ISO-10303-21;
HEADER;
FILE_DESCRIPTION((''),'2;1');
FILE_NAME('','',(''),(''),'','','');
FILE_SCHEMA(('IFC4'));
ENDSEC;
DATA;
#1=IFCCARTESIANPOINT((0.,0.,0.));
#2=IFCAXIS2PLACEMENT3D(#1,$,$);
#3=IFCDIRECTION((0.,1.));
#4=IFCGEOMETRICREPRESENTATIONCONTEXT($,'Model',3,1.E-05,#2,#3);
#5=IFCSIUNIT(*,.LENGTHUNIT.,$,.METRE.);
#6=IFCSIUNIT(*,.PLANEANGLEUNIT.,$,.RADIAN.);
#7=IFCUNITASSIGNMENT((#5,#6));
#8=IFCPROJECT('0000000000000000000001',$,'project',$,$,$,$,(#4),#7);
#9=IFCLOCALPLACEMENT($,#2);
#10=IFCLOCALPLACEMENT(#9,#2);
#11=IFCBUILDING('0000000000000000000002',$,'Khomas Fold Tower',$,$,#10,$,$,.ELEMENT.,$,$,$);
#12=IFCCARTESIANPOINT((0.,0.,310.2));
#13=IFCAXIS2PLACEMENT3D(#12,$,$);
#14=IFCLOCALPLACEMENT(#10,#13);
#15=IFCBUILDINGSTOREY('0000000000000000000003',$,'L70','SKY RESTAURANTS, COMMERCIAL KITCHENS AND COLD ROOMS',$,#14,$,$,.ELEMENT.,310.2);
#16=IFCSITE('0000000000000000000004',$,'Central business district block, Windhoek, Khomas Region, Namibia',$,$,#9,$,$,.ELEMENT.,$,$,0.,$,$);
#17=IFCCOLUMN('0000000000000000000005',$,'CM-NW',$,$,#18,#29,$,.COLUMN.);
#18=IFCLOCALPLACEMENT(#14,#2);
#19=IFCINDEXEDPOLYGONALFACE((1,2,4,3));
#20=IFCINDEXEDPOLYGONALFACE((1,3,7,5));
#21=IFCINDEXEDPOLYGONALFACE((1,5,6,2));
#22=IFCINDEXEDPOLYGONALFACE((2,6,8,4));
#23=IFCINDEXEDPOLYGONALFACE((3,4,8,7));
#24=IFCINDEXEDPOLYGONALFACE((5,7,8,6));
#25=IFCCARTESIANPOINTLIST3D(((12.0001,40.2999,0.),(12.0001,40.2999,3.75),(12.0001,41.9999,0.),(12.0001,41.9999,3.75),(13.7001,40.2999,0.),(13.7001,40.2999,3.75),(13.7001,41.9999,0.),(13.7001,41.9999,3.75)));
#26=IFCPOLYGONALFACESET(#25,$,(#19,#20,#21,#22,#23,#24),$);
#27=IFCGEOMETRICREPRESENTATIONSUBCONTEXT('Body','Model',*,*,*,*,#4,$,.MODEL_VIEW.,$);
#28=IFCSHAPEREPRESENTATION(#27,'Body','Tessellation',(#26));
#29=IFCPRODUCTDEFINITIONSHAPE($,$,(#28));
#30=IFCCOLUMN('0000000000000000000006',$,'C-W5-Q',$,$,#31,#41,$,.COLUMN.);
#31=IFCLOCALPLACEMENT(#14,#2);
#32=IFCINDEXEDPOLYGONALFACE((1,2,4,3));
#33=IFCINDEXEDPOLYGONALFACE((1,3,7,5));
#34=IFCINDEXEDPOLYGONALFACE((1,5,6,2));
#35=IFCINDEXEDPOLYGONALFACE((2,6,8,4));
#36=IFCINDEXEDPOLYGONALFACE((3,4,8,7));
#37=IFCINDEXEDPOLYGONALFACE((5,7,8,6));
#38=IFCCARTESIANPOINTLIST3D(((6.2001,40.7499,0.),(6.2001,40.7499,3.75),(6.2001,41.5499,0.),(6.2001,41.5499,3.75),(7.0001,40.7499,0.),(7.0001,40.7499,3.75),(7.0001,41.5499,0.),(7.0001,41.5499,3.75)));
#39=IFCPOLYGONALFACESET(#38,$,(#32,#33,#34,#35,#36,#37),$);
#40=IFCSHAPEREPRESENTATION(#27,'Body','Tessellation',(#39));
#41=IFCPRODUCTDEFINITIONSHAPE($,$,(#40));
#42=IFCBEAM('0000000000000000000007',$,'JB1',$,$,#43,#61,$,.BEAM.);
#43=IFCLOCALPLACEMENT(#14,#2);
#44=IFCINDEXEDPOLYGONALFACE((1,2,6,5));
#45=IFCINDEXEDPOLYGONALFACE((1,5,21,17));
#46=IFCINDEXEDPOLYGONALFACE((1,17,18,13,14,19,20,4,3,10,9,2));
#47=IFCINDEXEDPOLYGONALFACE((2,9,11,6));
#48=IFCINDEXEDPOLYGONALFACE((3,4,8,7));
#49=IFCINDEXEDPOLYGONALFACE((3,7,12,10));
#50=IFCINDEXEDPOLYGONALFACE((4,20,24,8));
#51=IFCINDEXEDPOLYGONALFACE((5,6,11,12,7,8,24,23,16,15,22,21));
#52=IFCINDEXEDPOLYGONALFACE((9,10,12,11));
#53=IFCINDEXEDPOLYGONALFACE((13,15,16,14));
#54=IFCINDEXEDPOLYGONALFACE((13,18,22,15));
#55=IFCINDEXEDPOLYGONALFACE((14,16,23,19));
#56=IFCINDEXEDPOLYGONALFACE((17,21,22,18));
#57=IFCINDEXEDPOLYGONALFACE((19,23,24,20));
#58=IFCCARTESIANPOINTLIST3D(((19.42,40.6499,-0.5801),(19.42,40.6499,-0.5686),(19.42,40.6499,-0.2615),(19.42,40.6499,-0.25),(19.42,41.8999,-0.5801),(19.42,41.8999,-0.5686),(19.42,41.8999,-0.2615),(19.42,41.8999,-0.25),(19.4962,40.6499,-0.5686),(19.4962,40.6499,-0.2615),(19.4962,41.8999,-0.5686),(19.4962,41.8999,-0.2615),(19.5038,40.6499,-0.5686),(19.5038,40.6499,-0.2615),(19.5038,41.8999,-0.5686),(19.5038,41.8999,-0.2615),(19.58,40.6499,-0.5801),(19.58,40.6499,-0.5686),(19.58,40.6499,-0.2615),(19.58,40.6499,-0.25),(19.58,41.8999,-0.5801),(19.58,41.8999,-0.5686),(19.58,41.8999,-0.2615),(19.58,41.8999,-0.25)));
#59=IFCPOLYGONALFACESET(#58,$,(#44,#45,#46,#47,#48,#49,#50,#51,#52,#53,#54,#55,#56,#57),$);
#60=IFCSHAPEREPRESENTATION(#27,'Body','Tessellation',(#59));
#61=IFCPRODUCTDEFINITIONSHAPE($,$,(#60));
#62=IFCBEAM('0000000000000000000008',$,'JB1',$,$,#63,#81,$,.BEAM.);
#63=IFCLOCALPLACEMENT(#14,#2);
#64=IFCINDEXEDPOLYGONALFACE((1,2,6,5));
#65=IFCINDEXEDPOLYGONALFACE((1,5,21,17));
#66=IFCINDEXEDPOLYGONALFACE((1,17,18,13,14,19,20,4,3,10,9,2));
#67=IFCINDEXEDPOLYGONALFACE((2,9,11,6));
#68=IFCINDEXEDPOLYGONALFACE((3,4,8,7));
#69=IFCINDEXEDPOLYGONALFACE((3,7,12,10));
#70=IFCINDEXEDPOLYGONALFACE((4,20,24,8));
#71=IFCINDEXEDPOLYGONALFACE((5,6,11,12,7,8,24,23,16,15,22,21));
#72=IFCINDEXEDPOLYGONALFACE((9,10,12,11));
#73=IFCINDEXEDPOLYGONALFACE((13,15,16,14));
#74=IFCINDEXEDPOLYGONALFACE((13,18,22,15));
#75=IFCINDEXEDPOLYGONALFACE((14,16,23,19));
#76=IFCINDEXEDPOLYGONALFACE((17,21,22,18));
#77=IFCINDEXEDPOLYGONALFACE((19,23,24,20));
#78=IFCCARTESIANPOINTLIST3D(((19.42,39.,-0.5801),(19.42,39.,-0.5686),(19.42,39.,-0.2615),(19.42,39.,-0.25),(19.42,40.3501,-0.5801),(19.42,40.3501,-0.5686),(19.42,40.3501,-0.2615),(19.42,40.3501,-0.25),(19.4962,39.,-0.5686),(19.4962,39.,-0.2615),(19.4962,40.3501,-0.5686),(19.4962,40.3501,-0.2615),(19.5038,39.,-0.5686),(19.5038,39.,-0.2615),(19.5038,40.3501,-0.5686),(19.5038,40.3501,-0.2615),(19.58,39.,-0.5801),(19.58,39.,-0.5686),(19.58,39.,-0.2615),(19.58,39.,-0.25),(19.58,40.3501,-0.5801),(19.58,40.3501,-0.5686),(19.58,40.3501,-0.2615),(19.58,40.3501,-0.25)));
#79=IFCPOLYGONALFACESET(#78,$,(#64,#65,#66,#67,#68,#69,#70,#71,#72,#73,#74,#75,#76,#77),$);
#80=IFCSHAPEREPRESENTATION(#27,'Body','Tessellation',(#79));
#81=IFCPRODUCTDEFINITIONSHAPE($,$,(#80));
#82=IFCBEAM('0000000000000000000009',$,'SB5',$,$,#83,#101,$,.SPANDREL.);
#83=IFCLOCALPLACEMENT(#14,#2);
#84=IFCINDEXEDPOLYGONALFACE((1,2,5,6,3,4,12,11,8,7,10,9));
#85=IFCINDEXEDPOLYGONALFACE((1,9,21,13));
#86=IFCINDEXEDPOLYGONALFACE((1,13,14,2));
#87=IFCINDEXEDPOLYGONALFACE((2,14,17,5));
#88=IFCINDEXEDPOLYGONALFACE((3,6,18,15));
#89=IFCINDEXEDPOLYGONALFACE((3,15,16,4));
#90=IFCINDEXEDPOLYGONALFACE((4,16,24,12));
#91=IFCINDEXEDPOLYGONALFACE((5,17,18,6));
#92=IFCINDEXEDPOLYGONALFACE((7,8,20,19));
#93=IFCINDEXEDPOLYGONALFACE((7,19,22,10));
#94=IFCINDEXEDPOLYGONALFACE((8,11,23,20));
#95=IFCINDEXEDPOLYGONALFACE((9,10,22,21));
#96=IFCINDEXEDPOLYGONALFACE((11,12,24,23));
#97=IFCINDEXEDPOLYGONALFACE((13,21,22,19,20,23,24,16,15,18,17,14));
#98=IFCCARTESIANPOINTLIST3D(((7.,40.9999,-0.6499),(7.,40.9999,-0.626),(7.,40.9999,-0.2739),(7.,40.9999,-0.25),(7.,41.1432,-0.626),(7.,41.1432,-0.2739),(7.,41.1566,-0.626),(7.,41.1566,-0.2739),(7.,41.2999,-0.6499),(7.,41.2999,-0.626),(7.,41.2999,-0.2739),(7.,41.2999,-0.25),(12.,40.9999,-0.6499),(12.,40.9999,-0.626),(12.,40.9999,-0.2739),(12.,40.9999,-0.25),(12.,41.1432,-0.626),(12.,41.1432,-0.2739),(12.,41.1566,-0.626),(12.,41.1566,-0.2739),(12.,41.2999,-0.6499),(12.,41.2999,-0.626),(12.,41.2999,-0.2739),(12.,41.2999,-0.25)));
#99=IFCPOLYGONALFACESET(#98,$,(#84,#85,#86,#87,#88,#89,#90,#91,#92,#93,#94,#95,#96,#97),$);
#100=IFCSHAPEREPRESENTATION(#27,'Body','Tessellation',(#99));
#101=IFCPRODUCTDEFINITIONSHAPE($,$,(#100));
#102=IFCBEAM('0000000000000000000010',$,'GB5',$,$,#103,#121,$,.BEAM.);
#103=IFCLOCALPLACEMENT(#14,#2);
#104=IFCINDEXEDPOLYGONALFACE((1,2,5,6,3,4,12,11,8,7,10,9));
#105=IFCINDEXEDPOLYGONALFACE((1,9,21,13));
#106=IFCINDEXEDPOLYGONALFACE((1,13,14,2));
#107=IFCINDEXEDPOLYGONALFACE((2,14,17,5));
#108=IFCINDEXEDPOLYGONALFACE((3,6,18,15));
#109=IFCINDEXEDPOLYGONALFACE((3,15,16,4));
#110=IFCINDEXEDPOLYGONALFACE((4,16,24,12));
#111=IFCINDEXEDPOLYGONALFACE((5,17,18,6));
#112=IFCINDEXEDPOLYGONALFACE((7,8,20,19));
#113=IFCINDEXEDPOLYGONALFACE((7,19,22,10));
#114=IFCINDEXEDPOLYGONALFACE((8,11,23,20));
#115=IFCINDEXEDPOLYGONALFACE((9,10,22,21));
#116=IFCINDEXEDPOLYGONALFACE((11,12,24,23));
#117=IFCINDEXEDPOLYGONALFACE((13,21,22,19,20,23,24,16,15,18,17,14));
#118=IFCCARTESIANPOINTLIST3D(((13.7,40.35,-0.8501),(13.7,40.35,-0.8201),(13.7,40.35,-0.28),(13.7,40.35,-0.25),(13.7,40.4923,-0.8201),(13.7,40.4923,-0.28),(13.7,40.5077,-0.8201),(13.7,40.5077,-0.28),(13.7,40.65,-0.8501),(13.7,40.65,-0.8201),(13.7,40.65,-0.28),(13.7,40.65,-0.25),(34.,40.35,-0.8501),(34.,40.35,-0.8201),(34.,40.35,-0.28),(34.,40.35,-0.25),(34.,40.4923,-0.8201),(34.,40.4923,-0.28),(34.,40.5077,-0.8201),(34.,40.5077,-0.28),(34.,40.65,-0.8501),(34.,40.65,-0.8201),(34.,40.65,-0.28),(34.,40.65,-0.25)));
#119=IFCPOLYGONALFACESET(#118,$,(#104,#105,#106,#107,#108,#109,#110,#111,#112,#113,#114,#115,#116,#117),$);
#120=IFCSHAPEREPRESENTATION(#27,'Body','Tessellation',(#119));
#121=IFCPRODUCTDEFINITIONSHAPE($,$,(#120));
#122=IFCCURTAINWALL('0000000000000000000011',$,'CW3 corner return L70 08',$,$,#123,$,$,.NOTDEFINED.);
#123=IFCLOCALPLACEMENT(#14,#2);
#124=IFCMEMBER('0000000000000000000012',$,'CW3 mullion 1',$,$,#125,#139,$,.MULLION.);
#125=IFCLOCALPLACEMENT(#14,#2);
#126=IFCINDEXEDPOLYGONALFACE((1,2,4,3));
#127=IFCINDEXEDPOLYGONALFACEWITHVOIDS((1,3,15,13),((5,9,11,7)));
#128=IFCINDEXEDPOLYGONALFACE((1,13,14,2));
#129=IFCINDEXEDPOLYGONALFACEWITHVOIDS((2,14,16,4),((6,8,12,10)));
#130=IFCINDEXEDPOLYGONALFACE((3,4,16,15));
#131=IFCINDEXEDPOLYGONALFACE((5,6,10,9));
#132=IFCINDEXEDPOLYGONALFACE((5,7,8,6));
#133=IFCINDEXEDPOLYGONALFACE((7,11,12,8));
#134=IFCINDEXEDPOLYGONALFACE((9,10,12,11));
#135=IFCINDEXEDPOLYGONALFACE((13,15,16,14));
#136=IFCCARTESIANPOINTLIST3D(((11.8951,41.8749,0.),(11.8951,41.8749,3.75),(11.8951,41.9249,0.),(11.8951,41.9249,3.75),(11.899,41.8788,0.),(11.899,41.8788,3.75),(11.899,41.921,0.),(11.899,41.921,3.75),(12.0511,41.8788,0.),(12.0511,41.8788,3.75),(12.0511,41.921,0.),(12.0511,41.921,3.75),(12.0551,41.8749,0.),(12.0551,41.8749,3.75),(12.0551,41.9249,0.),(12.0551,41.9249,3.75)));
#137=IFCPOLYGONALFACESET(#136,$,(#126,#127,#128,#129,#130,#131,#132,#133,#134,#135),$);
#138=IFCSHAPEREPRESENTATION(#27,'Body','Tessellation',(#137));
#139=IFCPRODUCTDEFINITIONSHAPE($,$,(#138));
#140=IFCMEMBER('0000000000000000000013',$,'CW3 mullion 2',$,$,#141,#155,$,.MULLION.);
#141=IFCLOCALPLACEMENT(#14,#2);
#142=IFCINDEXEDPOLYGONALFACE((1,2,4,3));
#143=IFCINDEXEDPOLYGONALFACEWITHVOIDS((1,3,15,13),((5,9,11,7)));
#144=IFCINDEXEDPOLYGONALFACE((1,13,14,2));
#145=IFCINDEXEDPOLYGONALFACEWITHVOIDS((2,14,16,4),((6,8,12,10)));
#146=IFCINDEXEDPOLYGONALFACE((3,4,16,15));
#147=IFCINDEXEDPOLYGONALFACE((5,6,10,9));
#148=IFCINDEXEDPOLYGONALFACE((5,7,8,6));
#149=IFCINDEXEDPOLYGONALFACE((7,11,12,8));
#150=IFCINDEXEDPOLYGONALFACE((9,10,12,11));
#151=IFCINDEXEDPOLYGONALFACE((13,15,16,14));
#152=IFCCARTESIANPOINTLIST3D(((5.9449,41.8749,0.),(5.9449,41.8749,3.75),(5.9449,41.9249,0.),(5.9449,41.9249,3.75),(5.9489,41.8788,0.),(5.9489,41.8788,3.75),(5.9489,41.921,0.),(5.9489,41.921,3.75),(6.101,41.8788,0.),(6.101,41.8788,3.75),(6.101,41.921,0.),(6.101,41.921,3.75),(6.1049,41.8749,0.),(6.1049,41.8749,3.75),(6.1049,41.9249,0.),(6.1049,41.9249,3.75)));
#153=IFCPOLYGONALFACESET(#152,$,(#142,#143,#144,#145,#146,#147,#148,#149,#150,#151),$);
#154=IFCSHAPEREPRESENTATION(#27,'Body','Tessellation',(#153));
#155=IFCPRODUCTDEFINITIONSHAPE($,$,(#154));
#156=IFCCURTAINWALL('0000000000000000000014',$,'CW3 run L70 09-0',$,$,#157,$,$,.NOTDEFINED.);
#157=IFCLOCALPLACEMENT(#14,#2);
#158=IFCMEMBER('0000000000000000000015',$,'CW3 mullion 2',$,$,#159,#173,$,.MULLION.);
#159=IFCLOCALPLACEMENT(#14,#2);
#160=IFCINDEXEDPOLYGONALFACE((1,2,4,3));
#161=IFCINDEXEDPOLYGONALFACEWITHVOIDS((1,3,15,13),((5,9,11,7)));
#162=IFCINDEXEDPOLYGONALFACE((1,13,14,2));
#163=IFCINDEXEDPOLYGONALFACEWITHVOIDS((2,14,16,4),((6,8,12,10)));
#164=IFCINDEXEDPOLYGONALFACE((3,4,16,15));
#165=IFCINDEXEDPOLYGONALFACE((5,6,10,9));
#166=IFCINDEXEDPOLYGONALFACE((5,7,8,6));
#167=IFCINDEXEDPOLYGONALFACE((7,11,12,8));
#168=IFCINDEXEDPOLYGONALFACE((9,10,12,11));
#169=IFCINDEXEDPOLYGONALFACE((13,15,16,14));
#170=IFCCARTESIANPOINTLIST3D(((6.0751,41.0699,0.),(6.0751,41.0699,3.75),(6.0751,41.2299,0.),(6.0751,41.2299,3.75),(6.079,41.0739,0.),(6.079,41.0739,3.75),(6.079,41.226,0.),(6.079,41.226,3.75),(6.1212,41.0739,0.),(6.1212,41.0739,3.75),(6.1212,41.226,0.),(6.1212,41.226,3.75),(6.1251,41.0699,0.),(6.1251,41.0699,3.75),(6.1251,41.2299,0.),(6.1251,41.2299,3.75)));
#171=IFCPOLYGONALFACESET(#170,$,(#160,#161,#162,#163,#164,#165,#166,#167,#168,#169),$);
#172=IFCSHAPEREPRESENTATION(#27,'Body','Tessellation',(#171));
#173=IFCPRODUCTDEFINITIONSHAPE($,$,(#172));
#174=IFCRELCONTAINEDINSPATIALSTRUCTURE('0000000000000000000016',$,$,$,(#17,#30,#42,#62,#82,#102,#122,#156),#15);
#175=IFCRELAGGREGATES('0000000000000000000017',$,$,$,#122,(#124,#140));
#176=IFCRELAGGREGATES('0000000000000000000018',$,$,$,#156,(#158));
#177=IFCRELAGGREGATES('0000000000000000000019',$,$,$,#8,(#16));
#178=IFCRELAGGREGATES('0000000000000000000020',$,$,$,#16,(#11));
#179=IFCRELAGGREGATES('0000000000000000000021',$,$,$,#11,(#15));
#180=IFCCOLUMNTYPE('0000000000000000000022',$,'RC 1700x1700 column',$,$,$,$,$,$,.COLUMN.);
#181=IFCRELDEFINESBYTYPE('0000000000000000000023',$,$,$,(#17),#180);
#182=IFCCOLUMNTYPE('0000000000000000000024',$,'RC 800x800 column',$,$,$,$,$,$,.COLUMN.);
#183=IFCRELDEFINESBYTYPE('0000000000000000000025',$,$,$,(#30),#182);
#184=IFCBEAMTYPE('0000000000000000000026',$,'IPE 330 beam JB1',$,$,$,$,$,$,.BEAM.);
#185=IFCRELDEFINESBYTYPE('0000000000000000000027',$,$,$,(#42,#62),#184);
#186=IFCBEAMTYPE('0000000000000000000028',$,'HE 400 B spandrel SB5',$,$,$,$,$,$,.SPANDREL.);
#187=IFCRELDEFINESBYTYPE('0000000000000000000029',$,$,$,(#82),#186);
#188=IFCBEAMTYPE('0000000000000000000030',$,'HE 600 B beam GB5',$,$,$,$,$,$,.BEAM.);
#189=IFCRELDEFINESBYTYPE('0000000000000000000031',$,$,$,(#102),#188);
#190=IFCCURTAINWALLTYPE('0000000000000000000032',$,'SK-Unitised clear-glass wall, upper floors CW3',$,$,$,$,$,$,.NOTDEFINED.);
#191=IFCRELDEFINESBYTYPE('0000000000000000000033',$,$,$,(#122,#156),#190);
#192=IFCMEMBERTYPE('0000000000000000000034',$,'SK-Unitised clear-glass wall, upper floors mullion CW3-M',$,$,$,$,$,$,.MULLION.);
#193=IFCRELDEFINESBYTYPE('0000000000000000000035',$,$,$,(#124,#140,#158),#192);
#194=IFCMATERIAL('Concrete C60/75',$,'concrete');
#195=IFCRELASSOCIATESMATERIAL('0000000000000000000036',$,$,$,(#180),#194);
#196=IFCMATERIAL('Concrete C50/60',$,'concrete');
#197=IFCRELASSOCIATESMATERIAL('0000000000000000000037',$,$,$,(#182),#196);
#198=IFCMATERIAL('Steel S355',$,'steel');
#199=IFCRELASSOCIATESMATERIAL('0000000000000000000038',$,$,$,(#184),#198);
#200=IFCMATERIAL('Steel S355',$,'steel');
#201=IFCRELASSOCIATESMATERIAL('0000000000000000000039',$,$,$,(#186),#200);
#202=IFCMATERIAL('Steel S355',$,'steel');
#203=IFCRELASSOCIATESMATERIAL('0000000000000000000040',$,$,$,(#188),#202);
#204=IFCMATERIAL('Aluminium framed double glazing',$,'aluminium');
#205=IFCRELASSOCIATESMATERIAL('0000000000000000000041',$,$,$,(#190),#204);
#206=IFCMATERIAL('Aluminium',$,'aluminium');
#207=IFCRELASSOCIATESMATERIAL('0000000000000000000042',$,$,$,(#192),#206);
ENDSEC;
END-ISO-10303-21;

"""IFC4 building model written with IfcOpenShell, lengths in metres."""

from ifc_helpers import new_model, si_unit, direction, frame, origin, origin_2d, place, context, subcontext, project, spatial, rectangle, hollow_rectangle, i_section, extrude, source, transform, mapped, material, material_profile, profile_set, type_object, element, aggregate, save


model = new_model("IFC4")

# Units and contexts
model_context = context("Model", 3, precision=1e-05, world=origin(), true_north=direction((0.0, 1.0)))
body_context = subcontext(model_context, "Body", "Model", "MODEL_VIEW")
ifc_project = project(units=[si_unit("LENGTHUNIT", "METRE"), si_unit("PLANEANGLEUNIT", "RADIAN")], contexts=[model_context])

# Site, building, storey
site_placement = place(None, origin())
site = spatial("IfcSite", under=ifc_project, at=site_placement, Name="Central business district block, Windhoek, Khomas Region, Namibia", CompositionType="ELEMENT", RefElevation=0.0)
building_placement = place(site_placement, origin())
building = spatial("IfcBuilding", under=site, at=building_placement, Name="Khomas Fold Tower", CompositionType="ELEMENT")
storey_placement = place(building_placement, frame((0.0, 0.0, 310.2)))
storey = spatial("IfcBuildingStorey", under=building, at=storey_placement, Name="L70", Description="SKY RESTAURANTS, COMMERCIAL KITCHENS AND COLD ROOMS", CompositionType="ELEMENT", Elevation=310.2)

# Columns
ifc_material_1 = material(Name="Concrete C60/75", Category="concrete")
ifc_material_profile_1 = material_profile(ifc_material_1, rectangle(XDim=1.7, YDim=1.7, at=origin_2d()), Name="RC 1700x1700")
ifc_profile_set_1 = profile_set([ifc_material_profile_1], Name="Concrete C60/75")
column_type_1 = type_object("IfcColumnType", Name="RC 1700x1700 column", PredefinedType="COLUMN", material=ifc_profile_set_1)
shared_shape_1 = source(origin(), body_context, "Body", "SweptSolid", [
    extrude(rectangle(XDim=1.7, YDim=1.7, at=origin_2d()), origin(), (0.0, 0.0, 1.0), 3.75),
])
column_1_placement = place(storey_placement, frame((12.8501, 41.1499, 0.0), z_axis=(0.0, 0.0, 1.0), x_axis=(1.0, 0.0, 0.0)))
element("IfcColumn", 1, at=column_1_placement, inside=storey, type_object=column_type_1, Name="CM-NW", PredefinedType="COLUMN", context=body_context, shape_type="MappedRepresentation", body=[
    mapped(shared_shape_1, transform((0.0, 0.0, 0.0))),
])
ifc_material_2 = material(Name="Concrete C50/60", Category="concrete")
ifc_material_profile_2 = material_profile(ifc_material_2, rectangle(XDim=0.8, YDim=0.8, at=origin_2d()), Name="RC 800x800")
ifc_profile_set_2 = profile_set([ifc_material_profile_2], Name="Concrete C50/60")
column_type_2 = type_object("IfcColumnType", Name="RC 800x800 column", PredefinedType="COLUMN", material=ifc_profile_set_2)
shared_shape_2 = source(origin(), body_context, "Body", "SweptSolid", [
    extrude(rectangle(XDim=0.8, YDim=0.8, at=origin_2d()), origin(), (0.0, 0.0, 1.0), 3.75),
])
column_2_placement = place(storey_placement, frame((6.6001, 41.1499, 0.0), z_axis=(0.0, 0.0, 1.0), x_axis=(1.0, 0.0, 0.0)))
element("IfcColumn", 2, at=column_2_placement, inside=storey, type_object=column_type_2, Name="C-W5-Q", PredefinedType="COLUMN", context=body_context, shape_type="MappedRepresentation", body=[
    mapped(shared_shape_2, transform((0.0, 0.0, 0.0))),
])

# Beams
ifc_material_3 = material(Name="Steel S355", Category="steel")
ifc_material_profile_3 = material_profile(ifc_material_3, i_section(OverallWidth=0.1599, OverallDepth=0.3301, WebThickness=0.0076, FlangeThickness=0.0115, at=origin_2d()), Name="IPE 330")
ifc_profile_set_3 = profile_set([ifc_material_profile_3], Name="Steel S355")
beam_type_1 = type_object("IfcBeamType", Name="IPE 330 beam JB1", PredefinedType="BEAM", material=ifc_profile_set_3)
shared_shape_3 = source(origin(), body_context, "Body", "SweptSolid", [
    extrude(i_section(OverallWidth=0.1599, OverallDepth=0.3301, WebThickness=0.0076, FlangeThickness=0.0115, at=origin_2d()), origin(), (0.0, 0.0, 1.0), 1.25),
])
beam_1_placement = place(storey_placement, frame((19.5, 40.6499, -0.415), z_axis=(0.0, 1.0, 0.0), x_axis=(-1.0, 0.0, 0.0)))
element("IfcBeam", 3, at=beam_1_placement, inside=storey, type_object=beam_type_1, Name="JB1", PredefinedType="BEAM", context=body_context, shape_type="MappedRepresentation", body=[
    mapped(shared_shape_3, transform((0.0, 0.0, 0.0))),
])
shared_shape_4 = source(origin(), body_context, "Body", "SweptSolid", [
    extrude(i_section(OverallWidth=0.1599, OverallDepth=0.3301, WebThickness=0.0076, FlangeThickness=0.0115, at=origin_2d()), origin(), (0.0, 0.0, 1.0), 1.3501),
])
beam_2_placement = place(storey_placement, frame((19.5, 39.0, -0.415), z_axis=(0.0, 1.0, 0.0), x_axis=(-1.0, 0.0, 0.0)))
element("IfcBeam", 4, at=beam_2_placement, inside=storey, type_object=beam_type_1, Name="JB1", PredefinedType="BEAM", context=body_context, shape_type="MappedRepresentation", body=[
    mapped(shared_shape_4, transform((0.0, 0.0, 0.0))),
])
ifc_material_4 = material(Name="Steel S355", Category="steel")
ifc_material_profile_4 = material_profile(ifc_material_4, i_section(OverallWidth=0.3, OverallDepth=0.3999, WebThickness=0.0134, FlangeThickness=0.0239, at=origin_2d()), Name="HE 400 B")
ifc_profile_set_4 = profile_set([ifc_material_profile_4], Name="Steel S355")
beam_type_2 = type_object("IfcBeamType", Name="HE 400 B spandrel SB5", PredefinedType="SPANDREL", material=ifc_profile_set_4)
shared_shape_5 = source(origin(), body_context, "Body", "SweptSolid", [
    extrude(i_section(OverallWidth=0.3, OverallDepth=0.3999, WebThickness=0.0134, FlangeThickness=0.0239, at=origin_2d()), origin(), (0.0, 0.0, 1.0), 5.0),
])
beam_3_placement = place(storey_placement, frame((7.0, 41.1499, -0.45), z_axis=(1.0, 0.0, 0.0), x_axis=(0.0, 1.0, 0.0)))
element("IfcBeam", 5, at=beam_3_placement, inside=storey, type_object=beam_type_2, Name="SB5", PredefinedType="SPANDREL", context=body_context, shape_type="MappedRepresentation", body=[
    mapped(shared_shape_5, transform((0.0, 0.0, 0.0))),
])
ifc_material_5 = material(Name="Steel S355", Category="steel")
ifc_material_profile_5 = material_profile(ifc_material_5, i_section(OverallWidth=0.3, OverallDepth=0.6001, WebThickness=0.0154, FlangeThickness=0.03, at=origin_2d()), Name="HE 600 B")
ifc_profile_set_5 = profile_set([ifc_material_profile_5], Name="Steel S355")
beam_type_3 = type_object("IfcBeamType", Name="HE 600 B beam GB5", PredefinedType="BEAM", material=ifc_profile_set_5)
shared_shape_6 = source(origin(), body_context, "Body", "SweptSolid", [
    extrude(i_section(OverallWidth=0.3, OverallDepth=0.6001, WebThickness=0.0154, FlangeThickness=0.03, at=origin_2d()), origin(), (0.0, 0.0, 1.0), 20.3),
])
beam_4_placement = place(storey_placement, frame((13.7, 40.5, -0.55), z_axis=(1.0, 0.0, 0.0), x_axis=(0.0, 1.0, 0.0)))
element("IfcBeam", 6, at=beam_4_placement, inside=storey, type_object=beam_type_3, Name="GB5", PredefinedType="BEAM", context=body_context, shape_type="MappedRepresentation", body=[
    mapped(shared_shape_6, transform((0.0, 0.0, 0.0))),
])

# Curtain walls, members
ifc_material_6 = material(Name="Aluminium framed double glazing", Category="aluminium")
curtain_wall_type = type_object("IfcCurtainWallType", Name="SK-Unitised clear-glass wall, upper floors CW3", PredefinedType="NOTDEFINED", material=ifc_material_6)
curtain_wall_1_placement = place(storey_placement, origin())
curtain_wall_1 = element("IfcCurtainWall", 7, at=curtain_wall_1_placement, inside=storey, type_object=curtain_wall_type, Name="CW3 corner return L70 08", PredefinedType="NOTDEFINED")
ifc_material_7 = material(Name="Aluminium", Category="aluminium")
ifc_material_profile_6 = material_profile(ifc_material_7, hollow_rectangle(XDim=0.05, YDim=0.1599, WallThickness=0.0039, at=origin_2d()), Name="SK-Unitised clear-glass wall, upper floors mullion CW3-M")
ifc_profile_set_6 = profile_set([ifc_material_profile_6], Name="Aluminium")
member_type_1 = type_object("IfcMemberType", Name="SK-Unitised clear-glass wall, upper floors mullion CW3-M", PredefinedType="MULLION", material=ifc_profile_set_6)
shared_shape_7 = source(origin(), body_context, "Body", "SweptSolid", [
    extrude(hollow_rectangle(XDim=0.05, YDim=0.1599, WallThickness=0.0039, at=origin_2d()), origin(), (0.0, 0.0, 1.0), 3.75),
])
member_1_placement = place(storey_placement, frame((11.9751, 41.8999, 0.0), z_axis=(0.0, 0.0, 1.0), x_axis=(0.0, -1.0, 0.0)))
member_1 = element("IfcMember", 8, at=member_1_placement, type_object=member_type_1, Name="CW3 mullion 1", PredefinedType="MULLION", context=body_context, shape_type="MappedRepresentation", body=[
    mapped(shared_shape_7, transform((0.0, 0.0, 0.0))),
])
member_2_placement = place(storey_placement, frame((6.0249, 41.8999, 0.0), z_axis=(0.0, 0.0, 1.0), x_axis=(0.0, -1.0, 0.0)))
member_2 = element("IfcMember", 9, at=member_2_placement, type_object=member_type_1, Name="CW3 mullion 2", PredefinedType="MULLION", context=body_context, shape_type="MappedRepresentation", body=[
    mapped(shared_shape_7, transform((0.0, 0.0, 0.0))),
])
curtain_wall_2_placement = place(storey_placement, origin())
curtain_wall_2 = element("IfcCurtainWall", 10, at=curtain_wall_2_placement, inside=storey, type_object=curtain_wall_type, Name="CW3 run L70 09-0", PredefinedType="NOTDEFINED")
member_3_placement = place(storey_placement, frame((6.1001, 41.1499, 0.0), z_axis=(0.0, 0.0, 1.0), x_axis=(1.0, 0.0, 0.0)))
member_3 = element("IfcMember", 11, at=member_3_placement, type_object=member_type_1, Name="CW3 mullion 2", PredefinedType="MULLION", context=body_context, shape_type="MappedRepresentation", body=[
    mapped(shared_shape_7, transform((0.0, 0.0, 0.0))),
])

aggregate(curtain_wall_1, [member_1, member_2])
aggregate(curtain_wall_2, [member_3])

save(model, "model.ifc")
